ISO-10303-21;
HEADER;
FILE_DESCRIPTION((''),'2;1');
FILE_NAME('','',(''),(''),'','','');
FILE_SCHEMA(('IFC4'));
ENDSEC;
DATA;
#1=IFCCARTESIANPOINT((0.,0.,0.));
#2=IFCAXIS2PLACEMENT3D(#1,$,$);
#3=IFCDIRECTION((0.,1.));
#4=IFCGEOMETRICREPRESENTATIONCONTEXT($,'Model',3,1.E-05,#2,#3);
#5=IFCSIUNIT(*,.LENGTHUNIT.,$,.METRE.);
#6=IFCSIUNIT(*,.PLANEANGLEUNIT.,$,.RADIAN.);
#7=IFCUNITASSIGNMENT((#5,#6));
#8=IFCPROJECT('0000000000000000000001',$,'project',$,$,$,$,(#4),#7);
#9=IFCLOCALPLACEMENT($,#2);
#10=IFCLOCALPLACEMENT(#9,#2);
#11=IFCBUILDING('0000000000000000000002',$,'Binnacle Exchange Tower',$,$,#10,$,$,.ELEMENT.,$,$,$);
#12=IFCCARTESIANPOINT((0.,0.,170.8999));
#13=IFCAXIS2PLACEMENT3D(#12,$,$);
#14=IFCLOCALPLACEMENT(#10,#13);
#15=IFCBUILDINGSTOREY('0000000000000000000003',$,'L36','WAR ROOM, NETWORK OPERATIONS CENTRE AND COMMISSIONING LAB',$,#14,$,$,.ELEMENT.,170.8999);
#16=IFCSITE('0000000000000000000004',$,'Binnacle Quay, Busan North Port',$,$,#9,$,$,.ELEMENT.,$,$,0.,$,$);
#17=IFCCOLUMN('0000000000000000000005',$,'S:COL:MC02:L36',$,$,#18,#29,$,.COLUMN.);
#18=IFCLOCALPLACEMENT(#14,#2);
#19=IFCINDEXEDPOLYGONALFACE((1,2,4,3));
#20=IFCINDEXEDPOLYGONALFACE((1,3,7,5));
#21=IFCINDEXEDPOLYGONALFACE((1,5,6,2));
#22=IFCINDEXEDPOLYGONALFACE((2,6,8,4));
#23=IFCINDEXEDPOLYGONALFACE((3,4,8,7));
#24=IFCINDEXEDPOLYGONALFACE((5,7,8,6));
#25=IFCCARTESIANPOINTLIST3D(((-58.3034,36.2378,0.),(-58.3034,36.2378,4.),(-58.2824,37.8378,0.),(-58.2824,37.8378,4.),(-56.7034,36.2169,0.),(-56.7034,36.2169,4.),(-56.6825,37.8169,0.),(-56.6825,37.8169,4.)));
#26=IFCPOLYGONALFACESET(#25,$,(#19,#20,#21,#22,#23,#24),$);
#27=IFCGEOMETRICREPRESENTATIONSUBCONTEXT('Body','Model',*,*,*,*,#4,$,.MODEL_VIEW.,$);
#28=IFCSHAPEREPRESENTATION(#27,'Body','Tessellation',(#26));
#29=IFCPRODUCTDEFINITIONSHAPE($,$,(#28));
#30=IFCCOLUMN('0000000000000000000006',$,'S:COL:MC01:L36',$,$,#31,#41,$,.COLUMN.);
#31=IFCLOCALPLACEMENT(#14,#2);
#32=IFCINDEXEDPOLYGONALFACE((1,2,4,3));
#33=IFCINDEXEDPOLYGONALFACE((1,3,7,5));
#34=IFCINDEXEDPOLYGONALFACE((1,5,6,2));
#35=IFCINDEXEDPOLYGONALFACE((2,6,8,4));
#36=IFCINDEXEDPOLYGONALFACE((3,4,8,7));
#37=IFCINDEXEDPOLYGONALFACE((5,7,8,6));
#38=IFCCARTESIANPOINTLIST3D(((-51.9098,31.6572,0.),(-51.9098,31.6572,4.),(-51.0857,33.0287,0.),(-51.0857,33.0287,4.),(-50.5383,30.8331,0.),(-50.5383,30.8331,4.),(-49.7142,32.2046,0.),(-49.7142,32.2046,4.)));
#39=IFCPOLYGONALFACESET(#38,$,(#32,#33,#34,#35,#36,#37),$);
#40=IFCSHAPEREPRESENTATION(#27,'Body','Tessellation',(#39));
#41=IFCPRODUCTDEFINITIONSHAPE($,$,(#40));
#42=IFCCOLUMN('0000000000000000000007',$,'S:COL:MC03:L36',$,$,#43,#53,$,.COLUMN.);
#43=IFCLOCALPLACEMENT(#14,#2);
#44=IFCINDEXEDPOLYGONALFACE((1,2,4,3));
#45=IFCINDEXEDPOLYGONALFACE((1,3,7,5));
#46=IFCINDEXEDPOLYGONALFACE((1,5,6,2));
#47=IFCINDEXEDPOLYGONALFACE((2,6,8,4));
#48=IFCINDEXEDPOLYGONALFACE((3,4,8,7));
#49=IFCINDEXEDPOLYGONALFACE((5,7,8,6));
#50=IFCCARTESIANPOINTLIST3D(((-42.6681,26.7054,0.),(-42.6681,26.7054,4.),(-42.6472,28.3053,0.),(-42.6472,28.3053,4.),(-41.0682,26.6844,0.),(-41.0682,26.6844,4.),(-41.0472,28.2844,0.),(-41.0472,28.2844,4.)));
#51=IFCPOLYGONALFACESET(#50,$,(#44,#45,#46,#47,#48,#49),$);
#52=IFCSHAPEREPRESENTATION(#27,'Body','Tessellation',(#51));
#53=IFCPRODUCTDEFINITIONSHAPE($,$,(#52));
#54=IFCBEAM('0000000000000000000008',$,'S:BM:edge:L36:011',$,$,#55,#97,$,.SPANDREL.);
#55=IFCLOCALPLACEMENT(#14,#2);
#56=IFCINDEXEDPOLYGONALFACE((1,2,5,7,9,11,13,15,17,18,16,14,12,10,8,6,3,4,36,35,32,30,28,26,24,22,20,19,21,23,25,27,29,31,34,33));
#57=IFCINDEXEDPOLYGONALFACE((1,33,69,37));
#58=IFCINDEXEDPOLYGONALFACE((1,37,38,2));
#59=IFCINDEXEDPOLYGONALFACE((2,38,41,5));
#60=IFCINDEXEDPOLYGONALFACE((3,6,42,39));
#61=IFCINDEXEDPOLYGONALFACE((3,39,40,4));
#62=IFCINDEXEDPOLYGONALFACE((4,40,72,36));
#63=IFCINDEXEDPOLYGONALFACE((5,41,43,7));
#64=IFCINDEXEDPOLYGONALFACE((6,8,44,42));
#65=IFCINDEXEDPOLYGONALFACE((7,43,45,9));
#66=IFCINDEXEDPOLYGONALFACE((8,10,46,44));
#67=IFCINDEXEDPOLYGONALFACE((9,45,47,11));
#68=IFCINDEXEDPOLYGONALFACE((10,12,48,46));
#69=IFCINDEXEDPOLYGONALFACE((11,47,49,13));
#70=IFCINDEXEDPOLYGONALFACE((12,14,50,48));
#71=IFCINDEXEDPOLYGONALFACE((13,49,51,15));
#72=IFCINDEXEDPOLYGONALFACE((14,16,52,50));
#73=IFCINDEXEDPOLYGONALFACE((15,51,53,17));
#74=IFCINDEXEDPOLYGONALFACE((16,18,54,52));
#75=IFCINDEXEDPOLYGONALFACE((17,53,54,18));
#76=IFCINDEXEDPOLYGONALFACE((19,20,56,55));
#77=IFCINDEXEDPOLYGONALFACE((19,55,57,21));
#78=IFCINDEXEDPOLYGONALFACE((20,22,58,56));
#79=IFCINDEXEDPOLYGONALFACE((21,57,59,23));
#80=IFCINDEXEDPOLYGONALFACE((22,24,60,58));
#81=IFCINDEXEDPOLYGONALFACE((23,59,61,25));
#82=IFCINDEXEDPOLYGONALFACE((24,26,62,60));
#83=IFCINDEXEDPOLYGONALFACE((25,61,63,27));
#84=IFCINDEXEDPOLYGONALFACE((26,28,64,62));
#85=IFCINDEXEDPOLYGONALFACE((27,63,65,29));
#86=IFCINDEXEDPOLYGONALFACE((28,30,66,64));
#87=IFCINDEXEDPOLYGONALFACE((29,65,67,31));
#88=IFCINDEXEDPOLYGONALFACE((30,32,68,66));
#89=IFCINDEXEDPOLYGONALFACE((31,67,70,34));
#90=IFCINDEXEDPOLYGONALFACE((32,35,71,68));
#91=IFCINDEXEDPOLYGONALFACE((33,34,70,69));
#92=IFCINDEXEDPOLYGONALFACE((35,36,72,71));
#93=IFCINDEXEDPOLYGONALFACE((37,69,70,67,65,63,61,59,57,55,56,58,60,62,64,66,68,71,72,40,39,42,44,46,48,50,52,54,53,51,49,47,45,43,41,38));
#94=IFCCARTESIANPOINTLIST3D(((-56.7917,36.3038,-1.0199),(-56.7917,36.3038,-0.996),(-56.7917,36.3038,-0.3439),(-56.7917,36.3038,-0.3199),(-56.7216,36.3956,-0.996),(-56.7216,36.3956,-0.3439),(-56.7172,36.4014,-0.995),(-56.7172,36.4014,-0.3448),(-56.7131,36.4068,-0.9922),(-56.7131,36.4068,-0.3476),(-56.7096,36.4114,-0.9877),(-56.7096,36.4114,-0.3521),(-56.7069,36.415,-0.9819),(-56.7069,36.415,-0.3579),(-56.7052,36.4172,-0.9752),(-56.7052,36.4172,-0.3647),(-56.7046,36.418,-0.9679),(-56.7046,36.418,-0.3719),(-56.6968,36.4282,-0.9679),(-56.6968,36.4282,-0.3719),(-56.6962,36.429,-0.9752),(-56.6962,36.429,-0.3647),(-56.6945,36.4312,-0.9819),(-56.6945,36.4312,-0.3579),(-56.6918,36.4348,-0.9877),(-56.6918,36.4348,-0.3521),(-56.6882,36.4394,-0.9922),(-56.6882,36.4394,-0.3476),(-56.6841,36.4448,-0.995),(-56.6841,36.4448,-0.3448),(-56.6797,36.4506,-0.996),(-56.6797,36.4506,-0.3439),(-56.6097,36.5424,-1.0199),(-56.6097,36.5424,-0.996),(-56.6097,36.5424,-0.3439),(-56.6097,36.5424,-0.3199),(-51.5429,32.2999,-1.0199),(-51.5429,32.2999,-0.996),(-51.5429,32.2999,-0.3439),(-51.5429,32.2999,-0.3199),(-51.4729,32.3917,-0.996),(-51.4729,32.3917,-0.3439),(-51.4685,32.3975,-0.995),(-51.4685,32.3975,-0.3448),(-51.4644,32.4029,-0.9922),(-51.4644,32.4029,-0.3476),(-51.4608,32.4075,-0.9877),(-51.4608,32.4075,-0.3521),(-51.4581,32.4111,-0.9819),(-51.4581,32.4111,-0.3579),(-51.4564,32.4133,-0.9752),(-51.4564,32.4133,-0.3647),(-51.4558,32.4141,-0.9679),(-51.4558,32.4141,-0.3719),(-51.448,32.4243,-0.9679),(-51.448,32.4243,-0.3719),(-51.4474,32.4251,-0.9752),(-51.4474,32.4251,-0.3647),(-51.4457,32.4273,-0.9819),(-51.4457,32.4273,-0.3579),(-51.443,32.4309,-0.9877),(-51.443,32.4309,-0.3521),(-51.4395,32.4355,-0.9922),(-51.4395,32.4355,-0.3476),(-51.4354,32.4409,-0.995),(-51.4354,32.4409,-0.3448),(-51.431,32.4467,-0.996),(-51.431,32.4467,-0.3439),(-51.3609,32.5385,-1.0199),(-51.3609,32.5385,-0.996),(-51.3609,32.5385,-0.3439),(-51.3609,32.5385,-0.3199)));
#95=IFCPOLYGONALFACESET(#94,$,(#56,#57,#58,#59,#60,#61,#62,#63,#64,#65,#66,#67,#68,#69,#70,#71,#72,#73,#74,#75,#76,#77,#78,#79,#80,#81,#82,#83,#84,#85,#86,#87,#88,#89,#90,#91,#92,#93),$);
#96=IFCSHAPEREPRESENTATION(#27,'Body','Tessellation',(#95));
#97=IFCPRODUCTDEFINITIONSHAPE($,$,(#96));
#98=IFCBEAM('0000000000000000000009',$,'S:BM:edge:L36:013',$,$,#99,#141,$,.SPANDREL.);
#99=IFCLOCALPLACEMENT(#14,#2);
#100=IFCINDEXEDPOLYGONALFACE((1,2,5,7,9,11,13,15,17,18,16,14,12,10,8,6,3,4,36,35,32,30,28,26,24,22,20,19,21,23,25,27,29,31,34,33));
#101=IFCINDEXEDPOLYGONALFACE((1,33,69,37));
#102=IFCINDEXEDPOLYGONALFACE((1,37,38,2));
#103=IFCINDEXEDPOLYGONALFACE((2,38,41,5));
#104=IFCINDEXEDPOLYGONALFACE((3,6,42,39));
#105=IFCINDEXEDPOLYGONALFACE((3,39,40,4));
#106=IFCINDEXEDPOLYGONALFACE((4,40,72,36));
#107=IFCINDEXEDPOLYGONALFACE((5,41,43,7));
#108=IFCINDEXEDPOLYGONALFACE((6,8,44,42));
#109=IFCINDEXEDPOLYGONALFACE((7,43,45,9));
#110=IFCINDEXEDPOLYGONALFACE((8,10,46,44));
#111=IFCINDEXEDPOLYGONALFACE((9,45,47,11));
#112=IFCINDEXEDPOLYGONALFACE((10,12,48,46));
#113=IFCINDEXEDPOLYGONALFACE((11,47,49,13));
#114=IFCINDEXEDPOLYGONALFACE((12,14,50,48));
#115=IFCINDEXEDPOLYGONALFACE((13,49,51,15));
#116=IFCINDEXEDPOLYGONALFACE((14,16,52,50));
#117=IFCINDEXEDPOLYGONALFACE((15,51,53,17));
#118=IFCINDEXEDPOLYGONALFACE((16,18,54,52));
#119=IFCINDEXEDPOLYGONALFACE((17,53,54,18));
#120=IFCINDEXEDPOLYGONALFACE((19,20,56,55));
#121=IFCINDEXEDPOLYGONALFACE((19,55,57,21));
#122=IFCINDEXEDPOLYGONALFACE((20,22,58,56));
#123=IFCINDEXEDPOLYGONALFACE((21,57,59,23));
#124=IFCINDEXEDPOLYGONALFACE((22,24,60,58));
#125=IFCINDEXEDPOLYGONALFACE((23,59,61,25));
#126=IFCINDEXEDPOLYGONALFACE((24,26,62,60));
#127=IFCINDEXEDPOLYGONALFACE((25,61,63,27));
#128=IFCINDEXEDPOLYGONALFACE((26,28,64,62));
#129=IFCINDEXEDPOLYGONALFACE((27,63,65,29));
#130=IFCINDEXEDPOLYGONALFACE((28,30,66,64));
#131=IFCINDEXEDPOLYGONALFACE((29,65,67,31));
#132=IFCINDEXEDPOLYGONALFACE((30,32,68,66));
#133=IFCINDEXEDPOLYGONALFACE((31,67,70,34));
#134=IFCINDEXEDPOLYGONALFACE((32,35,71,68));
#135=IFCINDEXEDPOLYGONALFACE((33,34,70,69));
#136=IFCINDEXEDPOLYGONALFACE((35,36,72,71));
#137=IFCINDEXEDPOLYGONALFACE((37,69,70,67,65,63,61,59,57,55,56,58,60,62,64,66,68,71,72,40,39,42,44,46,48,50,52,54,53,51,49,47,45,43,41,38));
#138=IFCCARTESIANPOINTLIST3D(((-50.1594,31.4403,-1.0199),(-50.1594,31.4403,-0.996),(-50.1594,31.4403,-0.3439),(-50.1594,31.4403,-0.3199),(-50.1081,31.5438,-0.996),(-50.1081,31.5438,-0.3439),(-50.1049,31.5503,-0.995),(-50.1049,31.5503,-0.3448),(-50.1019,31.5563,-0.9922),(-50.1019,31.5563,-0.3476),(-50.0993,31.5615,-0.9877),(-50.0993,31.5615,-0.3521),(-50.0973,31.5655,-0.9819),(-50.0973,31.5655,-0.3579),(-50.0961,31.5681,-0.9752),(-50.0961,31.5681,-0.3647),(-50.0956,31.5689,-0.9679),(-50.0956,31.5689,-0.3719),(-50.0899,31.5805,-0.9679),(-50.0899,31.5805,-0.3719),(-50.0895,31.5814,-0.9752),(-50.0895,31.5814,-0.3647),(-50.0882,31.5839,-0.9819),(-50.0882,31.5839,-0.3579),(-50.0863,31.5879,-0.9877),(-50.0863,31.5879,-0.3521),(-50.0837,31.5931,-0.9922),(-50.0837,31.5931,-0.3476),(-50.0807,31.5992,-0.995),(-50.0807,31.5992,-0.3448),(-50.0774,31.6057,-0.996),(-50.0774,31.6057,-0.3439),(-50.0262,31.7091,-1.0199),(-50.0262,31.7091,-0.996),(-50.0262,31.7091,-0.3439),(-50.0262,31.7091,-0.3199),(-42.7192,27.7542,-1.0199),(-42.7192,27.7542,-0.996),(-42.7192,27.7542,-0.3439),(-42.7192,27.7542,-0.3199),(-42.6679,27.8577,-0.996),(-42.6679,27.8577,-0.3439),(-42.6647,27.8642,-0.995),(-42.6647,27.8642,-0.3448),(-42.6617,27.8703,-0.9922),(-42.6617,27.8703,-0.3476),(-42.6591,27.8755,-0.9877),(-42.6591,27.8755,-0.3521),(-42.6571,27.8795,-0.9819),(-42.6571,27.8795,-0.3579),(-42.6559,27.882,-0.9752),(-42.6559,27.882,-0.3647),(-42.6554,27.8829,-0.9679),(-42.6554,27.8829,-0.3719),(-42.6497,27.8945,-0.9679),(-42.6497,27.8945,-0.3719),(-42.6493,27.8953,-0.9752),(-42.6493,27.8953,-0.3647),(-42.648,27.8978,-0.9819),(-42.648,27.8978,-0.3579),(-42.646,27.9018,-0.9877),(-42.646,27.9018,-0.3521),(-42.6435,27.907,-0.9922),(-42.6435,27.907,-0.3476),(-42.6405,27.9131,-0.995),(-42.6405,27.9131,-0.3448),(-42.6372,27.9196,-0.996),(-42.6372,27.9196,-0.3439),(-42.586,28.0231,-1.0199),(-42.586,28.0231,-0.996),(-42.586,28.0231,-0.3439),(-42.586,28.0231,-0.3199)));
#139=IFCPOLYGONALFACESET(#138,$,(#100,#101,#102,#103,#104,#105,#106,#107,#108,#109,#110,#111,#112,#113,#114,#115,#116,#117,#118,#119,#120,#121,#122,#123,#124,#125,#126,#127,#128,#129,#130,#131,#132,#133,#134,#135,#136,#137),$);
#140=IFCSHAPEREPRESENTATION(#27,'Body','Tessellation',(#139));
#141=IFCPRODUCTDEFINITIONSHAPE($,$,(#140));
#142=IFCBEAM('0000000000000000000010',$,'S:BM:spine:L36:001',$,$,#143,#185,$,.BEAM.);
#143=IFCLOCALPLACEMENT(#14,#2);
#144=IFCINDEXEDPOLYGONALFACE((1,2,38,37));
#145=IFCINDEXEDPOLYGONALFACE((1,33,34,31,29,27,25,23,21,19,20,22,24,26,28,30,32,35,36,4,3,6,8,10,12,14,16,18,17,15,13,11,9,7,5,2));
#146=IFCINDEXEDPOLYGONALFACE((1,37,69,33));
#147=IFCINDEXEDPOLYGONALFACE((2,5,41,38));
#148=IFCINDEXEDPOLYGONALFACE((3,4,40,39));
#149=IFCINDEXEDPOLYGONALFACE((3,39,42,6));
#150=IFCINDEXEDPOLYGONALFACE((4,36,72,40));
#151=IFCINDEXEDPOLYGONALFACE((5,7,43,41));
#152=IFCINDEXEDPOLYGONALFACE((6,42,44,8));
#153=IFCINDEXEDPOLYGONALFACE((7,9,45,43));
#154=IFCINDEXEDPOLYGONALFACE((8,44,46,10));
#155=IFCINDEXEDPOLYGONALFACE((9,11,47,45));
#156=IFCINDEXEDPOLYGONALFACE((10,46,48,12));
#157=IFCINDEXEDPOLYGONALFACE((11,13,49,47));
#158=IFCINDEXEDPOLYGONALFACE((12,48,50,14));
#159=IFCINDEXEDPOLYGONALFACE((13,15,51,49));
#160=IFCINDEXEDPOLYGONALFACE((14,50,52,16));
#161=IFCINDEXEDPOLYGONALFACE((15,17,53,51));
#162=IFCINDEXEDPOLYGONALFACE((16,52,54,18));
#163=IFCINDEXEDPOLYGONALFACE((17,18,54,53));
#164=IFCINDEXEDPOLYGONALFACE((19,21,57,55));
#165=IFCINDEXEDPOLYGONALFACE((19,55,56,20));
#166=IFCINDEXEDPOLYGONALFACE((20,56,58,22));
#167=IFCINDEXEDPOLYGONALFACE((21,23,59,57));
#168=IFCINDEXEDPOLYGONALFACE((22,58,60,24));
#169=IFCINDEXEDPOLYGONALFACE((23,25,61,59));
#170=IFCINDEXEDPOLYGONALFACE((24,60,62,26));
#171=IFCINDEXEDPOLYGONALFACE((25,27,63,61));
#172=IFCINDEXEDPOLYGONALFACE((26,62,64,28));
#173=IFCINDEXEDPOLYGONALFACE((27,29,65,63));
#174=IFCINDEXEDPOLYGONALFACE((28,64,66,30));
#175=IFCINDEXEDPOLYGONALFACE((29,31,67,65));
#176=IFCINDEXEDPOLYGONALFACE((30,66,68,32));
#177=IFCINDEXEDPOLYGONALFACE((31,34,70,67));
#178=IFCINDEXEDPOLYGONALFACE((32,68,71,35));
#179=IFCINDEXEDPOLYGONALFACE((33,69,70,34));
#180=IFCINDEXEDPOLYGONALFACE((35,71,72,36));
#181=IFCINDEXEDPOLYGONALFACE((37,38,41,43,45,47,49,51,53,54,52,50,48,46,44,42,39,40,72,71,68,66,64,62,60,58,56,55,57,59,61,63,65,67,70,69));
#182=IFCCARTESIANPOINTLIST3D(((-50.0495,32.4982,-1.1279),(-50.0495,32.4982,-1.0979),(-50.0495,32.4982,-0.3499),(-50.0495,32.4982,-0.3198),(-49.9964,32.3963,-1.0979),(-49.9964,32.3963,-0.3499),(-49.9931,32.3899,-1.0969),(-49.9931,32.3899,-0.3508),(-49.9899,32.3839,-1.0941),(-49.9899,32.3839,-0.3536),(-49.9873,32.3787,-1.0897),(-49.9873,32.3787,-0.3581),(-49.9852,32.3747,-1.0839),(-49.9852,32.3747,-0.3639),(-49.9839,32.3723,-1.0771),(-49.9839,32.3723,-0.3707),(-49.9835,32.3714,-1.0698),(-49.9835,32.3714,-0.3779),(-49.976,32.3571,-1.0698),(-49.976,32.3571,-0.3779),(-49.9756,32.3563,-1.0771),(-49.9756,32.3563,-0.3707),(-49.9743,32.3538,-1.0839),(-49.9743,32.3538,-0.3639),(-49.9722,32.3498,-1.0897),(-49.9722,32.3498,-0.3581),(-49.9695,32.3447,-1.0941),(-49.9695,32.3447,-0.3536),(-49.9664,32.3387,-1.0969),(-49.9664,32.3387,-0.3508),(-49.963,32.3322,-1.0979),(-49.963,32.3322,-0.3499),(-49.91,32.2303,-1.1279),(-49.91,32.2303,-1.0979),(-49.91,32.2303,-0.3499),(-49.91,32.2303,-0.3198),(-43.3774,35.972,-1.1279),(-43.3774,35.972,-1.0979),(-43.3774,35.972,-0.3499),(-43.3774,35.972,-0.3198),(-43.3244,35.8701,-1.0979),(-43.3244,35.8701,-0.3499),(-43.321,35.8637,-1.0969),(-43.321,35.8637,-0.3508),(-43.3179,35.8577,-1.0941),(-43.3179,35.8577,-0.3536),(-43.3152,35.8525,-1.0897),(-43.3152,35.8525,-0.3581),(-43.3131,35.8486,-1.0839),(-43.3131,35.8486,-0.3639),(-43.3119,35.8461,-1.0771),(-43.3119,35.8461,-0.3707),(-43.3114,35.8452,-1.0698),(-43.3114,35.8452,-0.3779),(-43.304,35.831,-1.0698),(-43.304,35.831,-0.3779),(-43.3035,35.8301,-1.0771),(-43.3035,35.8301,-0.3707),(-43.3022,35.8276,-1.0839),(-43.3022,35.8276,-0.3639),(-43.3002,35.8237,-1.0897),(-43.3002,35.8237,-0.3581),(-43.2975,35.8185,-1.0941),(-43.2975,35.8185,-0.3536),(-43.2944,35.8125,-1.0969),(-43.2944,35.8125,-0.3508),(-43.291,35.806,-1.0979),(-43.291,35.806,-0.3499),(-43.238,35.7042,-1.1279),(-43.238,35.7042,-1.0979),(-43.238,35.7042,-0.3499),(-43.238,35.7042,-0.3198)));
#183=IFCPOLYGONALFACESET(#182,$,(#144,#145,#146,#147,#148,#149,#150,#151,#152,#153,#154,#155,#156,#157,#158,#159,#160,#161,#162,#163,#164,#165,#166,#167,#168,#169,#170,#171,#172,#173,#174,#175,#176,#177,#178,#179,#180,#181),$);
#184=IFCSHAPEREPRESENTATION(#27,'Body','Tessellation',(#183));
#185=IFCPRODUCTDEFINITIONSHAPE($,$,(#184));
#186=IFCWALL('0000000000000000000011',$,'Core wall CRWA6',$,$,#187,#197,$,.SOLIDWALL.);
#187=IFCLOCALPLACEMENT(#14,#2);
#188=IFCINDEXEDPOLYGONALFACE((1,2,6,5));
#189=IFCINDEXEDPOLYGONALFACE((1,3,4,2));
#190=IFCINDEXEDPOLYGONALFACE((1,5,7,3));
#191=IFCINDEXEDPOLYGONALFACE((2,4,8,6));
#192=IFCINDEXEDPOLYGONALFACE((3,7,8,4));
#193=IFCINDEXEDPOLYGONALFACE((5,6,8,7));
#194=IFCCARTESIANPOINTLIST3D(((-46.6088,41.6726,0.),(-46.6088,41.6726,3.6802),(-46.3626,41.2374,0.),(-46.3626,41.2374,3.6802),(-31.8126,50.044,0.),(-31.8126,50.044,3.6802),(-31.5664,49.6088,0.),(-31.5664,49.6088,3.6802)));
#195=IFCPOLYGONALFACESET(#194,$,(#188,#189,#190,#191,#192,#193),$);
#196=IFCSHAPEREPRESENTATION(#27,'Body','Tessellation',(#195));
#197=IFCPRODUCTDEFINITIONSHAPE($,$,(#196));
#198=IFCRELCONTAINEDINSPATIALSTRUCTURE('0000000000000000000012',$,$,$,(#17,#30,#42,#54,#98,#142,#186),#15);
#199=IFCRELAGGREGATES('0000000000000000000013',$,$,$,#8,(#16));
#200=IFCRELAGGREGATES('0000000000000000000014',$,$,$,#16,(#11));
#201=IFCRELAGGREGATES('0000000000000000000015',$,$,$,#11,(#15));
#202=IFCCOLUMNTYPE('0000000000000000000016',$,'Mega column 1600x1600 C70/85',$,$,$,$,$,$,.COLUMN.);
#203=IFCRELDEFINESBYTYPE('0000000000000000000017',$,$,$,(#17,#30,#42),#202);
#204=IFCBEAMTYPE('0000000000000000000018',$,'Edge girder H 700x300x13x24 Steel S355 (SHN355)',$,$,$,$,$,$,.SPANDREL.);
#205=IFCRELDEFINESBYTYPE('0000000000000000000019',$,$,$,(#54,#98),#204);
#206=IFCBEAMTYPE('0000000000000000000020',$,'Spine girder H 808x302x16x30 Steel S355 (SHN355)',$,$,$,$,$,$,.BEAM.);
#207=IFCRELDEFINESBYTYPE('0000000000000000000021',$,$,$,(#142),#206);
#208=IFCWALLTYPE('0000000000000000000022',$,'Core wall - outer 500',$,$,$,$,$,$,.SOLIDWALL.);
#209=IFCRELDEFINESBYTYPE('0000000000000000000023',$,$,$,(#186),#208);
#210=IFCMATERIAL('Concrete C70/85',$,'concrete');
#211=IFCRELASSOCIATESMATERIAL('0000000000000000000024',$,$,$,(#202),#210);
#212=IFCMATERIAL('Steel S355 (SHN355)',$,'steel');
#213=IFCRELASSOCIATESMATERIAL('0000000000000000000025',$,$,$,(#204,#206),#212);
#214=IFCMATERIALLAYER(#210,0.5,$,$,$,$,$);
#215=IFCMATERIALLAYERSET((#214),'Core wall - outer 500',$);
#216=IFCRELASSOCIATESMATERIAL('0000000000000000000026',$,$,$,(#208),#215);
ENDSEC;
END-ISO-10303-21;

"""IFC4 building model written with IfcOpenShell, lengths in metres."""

from ifc_helpers import new_model, si_unit, direction, frame, frame_2d, origin, origin_2d, place, context, subcontext, project, spatial, rectangle, i_section, extrude, material, layer, layer_set, material_profile, profile_set, type_object, element, save


model = new_model("IFC4")

# Units and contexts
model_context = context("Model", 3, precision=1e-05, world=origin(), true_north=direction((0.0, 1.0)))
body_context = subcontext(model_context, "Body", "Model", "MODEL_VIEW")
ifc_project = project(units=[si_unit("LENGTHUNIT", "METRE"), si_unit("PLANEANGLEUNIT", "RADIAN")], contexts=[model_context])

# Site, building, storey
site_placement = place(None, origin())
site = spatial("IfcSite", under=ifc_project, at=site_placement, Name="Binnacle Quay, Busan North Port", CompositionType="ELEMENT", RefElevation=0.0)
building_placement = place(site_placement, origin())
building = spatial("IfcBuilding", under=site, at=building_placement, Name="Binnacle Exchange Tower", CompositionType="ELEMENT")
storey_placement = place(building_placement, frame((0.0, 0.0, 170.8999)))
storey = spatial("IfcBuildingStorey", under=building, at=storey_placement, Name="L36", Description="WAR ROOM, NETWORK OPERATIONS CENTRE AND COMMISSIONING LAB", CompositionType="ELEMENT", Elevation=170.8999)

# Columns
ifc_material_1 = material(Name="Concrete C70/85", Category="concrete")
ifc_material_profile_1 = material_profile(ifc_material_1, rectangle(XDim=1.6001, YDim=1.6001, at=origin_2d()), Name="Mega column 1600x1600 C70/85")
ifc_profile_set_1 = profile_set([ifc_material_profile_1], Name="Concrete C70/85")
column_type = type_object("IfcColumnType", Name="Mega column 1600x1600 C70/85", PredefinedType="COLUMN", material=ifc_profile_set_1)
for number, where, z_axis, x_axis, name in (
    (1, (-57.4929, 37.0273, 0.0), (0.0, 0.0, 1.0), (-0.01309, -0.999914, 0.0), "S:COL:MC02:L36"),
    (2, (-50.812, 31.9309, 0.0), (0.0, 0.0, 1.0), (0.857167, -0.515038, 0.0), "S:COL:MC01:L36"),
    (3, (-41.8577, 27.4949, 0.0), (0.0, 0.0, 1.0), (0.999914, -0.01309, 0.0), "S:COL:MC03:L36"),
):
    element("IfcColumn", number, at=place(storey_placement, frame(where, z_axis=z_axis, x_axis=x_axis)), inside=storey, type_object=column_type, Name=name, PredefinedType="COLUMN", context=body_context, shape_type="SweptSolid", body=[
        extrude(rectangle(XDim=1.6001, YDim=1.6001, at=origin_2d()), origin(), (0.0, 0.0, 1.0), 4.0),
    ])

# Beams
ifc_material_2 = material(Name="Steel S355 (SHN355)", Category="steel")
ifc_material_profile_2 = material_profile(ifc_material_2, i_section(OverallWidth=0.3, OverallDepth=0.7, WebThickness=0.0129, FlangeThickness=0.0239, FilletRadius=0.0281, at=origin_2d()), Name="H 700x300x13x24")
ifc_profile_set_2 = profile_set([ifc_material_profile_2], Name="Steel S355 (SHN355)")
beam_type_1 = type_object("IfcBeamType", Name="Edge girder H 700x300x13x24 Steel S355 (SHN355)", PredefinedType="SPANDREL", material=ifc_profile_set_2)
beam_1_placement = place(storey_placement, frame((-56.7007, 36.4231, -0.6699), z_axis=(0.795078, -0.606507, 0.0), x_axis=(0.606507, 0.795078, 0.0)))
element("IfcBeam", 4, at=beam_1_placement, inside=storey, type_object=beam_type_1, Name="S:BM:edge:L36:011", PredefinedType="SPANDREL", context=body_context, shape_type="SweptSolid", body=[
    extrude(i_section(OverallWidth=0.3, OverallDepth=0.7, WebThickness=0.0129, FlangeThickness=0.0239, FilletRadius=0.0281, at=origin_2d()), origin(), (0.0, 0.0, 1.0), 6.6016),
])
beam_2_placement = place(storey_placement, frame((-50.0928, 31.5747, -0.6699), z_axis=(0.896062, -0.443929, 0.0), x_axis=(0.443929, 0.896062, 0.0)))
element("IfcBeam", 5, at=beam_2_placement, inside=storey, type_object=beam_type_1, Name="S:BM:edge:L36:013", PredefinedType="SPANDREL", context=body_context, shape_type="SweptSolid", body=[
    extrude(i_section(OverallWidth=0.3, OverallDepth=0.7, WebThickness=0.0129, FlangeThickness=0.0239, FilletRadius=0.0281, at=origin_2d()), origin(), (0.0, 0.0, 1.0), 8.3032),
])
ifc_material_profile_3 = material_profile(ifc_material_2, i_section(OverallWidth=0.302, OverallDepth=0.8081, WebThickness=0.0161, FlangeThickness=0.03, FilletRadius=0.0281, at=origin_2d()), Name="H 808x302x16x30")
ifc_profile_set_3 = profile_set([ifc_material_profile_3], Name="Steel S355 (SHN355)")
beam_type_2 = type_object("IfcBeamType", Name="Spine girder H 808x302x16x30 Steel S355 (SHN355)", PredefinedType="BEAM", material=ifc_profile_set_3)
beam_3_placement = place(storey_placement, frame((-49.9797, 32.3643, -0.7239), z_axis=(0.886979, 0.46181, 0.0), x_axis=(-0.46181, 0.886979, 0.0)))
element("IfcBeam", 6, at=beam_3_placement, inside=storey, type_object=beam_type_2, Name="S:BM:spine:L36:001", PredefinedType="BEAM", context=body_context, shape_type="SweptSolid", body=[
    extrude(i_section(OverallWidth=0.302, OverallDepth=0.8081, WebThickness=0.0161, FlangeThickness=0.03, FilletRadius=0.0281, at=origin_2d()), origin(), (0.0, 0.0, 1.0), 7.5222),
])

# Wall
ifc_layer_1 = layer(ifc_material_1, 0.5)
ifc_layer_set_1 = layer_set([ifc_layer_1], Name="Core wall - outer 500")
wall_type_1 = type_object("IfcWallType", Name="Core wall - outer 500", PredefinedType="SOLIDWALL", material=ifc_layer_set_1)
wall_1_placement = place(storey_placement, frame((-46.4856, 41.4551, 0.0), z_axis=(0.0, 0.0, 1.0), x_axis=(0.870354, 0.492427, 0.0)))
element("IfcWall", 7, at=wall_1_placement, inside=storey, type_object=wall_type_1, Name="Core wall CRWA6", PredefinedType="SOLIDWALL", context=body_context, shape_type="SweptSolid", body=[
    extrude(rectangle(XDim=17.0002, YDim=0.5, at=frame_2d((8.5, 0.0))), origin(), (0.0, 0.0, 1.0), 3.6802),
])

save(model, "model.ifc")
